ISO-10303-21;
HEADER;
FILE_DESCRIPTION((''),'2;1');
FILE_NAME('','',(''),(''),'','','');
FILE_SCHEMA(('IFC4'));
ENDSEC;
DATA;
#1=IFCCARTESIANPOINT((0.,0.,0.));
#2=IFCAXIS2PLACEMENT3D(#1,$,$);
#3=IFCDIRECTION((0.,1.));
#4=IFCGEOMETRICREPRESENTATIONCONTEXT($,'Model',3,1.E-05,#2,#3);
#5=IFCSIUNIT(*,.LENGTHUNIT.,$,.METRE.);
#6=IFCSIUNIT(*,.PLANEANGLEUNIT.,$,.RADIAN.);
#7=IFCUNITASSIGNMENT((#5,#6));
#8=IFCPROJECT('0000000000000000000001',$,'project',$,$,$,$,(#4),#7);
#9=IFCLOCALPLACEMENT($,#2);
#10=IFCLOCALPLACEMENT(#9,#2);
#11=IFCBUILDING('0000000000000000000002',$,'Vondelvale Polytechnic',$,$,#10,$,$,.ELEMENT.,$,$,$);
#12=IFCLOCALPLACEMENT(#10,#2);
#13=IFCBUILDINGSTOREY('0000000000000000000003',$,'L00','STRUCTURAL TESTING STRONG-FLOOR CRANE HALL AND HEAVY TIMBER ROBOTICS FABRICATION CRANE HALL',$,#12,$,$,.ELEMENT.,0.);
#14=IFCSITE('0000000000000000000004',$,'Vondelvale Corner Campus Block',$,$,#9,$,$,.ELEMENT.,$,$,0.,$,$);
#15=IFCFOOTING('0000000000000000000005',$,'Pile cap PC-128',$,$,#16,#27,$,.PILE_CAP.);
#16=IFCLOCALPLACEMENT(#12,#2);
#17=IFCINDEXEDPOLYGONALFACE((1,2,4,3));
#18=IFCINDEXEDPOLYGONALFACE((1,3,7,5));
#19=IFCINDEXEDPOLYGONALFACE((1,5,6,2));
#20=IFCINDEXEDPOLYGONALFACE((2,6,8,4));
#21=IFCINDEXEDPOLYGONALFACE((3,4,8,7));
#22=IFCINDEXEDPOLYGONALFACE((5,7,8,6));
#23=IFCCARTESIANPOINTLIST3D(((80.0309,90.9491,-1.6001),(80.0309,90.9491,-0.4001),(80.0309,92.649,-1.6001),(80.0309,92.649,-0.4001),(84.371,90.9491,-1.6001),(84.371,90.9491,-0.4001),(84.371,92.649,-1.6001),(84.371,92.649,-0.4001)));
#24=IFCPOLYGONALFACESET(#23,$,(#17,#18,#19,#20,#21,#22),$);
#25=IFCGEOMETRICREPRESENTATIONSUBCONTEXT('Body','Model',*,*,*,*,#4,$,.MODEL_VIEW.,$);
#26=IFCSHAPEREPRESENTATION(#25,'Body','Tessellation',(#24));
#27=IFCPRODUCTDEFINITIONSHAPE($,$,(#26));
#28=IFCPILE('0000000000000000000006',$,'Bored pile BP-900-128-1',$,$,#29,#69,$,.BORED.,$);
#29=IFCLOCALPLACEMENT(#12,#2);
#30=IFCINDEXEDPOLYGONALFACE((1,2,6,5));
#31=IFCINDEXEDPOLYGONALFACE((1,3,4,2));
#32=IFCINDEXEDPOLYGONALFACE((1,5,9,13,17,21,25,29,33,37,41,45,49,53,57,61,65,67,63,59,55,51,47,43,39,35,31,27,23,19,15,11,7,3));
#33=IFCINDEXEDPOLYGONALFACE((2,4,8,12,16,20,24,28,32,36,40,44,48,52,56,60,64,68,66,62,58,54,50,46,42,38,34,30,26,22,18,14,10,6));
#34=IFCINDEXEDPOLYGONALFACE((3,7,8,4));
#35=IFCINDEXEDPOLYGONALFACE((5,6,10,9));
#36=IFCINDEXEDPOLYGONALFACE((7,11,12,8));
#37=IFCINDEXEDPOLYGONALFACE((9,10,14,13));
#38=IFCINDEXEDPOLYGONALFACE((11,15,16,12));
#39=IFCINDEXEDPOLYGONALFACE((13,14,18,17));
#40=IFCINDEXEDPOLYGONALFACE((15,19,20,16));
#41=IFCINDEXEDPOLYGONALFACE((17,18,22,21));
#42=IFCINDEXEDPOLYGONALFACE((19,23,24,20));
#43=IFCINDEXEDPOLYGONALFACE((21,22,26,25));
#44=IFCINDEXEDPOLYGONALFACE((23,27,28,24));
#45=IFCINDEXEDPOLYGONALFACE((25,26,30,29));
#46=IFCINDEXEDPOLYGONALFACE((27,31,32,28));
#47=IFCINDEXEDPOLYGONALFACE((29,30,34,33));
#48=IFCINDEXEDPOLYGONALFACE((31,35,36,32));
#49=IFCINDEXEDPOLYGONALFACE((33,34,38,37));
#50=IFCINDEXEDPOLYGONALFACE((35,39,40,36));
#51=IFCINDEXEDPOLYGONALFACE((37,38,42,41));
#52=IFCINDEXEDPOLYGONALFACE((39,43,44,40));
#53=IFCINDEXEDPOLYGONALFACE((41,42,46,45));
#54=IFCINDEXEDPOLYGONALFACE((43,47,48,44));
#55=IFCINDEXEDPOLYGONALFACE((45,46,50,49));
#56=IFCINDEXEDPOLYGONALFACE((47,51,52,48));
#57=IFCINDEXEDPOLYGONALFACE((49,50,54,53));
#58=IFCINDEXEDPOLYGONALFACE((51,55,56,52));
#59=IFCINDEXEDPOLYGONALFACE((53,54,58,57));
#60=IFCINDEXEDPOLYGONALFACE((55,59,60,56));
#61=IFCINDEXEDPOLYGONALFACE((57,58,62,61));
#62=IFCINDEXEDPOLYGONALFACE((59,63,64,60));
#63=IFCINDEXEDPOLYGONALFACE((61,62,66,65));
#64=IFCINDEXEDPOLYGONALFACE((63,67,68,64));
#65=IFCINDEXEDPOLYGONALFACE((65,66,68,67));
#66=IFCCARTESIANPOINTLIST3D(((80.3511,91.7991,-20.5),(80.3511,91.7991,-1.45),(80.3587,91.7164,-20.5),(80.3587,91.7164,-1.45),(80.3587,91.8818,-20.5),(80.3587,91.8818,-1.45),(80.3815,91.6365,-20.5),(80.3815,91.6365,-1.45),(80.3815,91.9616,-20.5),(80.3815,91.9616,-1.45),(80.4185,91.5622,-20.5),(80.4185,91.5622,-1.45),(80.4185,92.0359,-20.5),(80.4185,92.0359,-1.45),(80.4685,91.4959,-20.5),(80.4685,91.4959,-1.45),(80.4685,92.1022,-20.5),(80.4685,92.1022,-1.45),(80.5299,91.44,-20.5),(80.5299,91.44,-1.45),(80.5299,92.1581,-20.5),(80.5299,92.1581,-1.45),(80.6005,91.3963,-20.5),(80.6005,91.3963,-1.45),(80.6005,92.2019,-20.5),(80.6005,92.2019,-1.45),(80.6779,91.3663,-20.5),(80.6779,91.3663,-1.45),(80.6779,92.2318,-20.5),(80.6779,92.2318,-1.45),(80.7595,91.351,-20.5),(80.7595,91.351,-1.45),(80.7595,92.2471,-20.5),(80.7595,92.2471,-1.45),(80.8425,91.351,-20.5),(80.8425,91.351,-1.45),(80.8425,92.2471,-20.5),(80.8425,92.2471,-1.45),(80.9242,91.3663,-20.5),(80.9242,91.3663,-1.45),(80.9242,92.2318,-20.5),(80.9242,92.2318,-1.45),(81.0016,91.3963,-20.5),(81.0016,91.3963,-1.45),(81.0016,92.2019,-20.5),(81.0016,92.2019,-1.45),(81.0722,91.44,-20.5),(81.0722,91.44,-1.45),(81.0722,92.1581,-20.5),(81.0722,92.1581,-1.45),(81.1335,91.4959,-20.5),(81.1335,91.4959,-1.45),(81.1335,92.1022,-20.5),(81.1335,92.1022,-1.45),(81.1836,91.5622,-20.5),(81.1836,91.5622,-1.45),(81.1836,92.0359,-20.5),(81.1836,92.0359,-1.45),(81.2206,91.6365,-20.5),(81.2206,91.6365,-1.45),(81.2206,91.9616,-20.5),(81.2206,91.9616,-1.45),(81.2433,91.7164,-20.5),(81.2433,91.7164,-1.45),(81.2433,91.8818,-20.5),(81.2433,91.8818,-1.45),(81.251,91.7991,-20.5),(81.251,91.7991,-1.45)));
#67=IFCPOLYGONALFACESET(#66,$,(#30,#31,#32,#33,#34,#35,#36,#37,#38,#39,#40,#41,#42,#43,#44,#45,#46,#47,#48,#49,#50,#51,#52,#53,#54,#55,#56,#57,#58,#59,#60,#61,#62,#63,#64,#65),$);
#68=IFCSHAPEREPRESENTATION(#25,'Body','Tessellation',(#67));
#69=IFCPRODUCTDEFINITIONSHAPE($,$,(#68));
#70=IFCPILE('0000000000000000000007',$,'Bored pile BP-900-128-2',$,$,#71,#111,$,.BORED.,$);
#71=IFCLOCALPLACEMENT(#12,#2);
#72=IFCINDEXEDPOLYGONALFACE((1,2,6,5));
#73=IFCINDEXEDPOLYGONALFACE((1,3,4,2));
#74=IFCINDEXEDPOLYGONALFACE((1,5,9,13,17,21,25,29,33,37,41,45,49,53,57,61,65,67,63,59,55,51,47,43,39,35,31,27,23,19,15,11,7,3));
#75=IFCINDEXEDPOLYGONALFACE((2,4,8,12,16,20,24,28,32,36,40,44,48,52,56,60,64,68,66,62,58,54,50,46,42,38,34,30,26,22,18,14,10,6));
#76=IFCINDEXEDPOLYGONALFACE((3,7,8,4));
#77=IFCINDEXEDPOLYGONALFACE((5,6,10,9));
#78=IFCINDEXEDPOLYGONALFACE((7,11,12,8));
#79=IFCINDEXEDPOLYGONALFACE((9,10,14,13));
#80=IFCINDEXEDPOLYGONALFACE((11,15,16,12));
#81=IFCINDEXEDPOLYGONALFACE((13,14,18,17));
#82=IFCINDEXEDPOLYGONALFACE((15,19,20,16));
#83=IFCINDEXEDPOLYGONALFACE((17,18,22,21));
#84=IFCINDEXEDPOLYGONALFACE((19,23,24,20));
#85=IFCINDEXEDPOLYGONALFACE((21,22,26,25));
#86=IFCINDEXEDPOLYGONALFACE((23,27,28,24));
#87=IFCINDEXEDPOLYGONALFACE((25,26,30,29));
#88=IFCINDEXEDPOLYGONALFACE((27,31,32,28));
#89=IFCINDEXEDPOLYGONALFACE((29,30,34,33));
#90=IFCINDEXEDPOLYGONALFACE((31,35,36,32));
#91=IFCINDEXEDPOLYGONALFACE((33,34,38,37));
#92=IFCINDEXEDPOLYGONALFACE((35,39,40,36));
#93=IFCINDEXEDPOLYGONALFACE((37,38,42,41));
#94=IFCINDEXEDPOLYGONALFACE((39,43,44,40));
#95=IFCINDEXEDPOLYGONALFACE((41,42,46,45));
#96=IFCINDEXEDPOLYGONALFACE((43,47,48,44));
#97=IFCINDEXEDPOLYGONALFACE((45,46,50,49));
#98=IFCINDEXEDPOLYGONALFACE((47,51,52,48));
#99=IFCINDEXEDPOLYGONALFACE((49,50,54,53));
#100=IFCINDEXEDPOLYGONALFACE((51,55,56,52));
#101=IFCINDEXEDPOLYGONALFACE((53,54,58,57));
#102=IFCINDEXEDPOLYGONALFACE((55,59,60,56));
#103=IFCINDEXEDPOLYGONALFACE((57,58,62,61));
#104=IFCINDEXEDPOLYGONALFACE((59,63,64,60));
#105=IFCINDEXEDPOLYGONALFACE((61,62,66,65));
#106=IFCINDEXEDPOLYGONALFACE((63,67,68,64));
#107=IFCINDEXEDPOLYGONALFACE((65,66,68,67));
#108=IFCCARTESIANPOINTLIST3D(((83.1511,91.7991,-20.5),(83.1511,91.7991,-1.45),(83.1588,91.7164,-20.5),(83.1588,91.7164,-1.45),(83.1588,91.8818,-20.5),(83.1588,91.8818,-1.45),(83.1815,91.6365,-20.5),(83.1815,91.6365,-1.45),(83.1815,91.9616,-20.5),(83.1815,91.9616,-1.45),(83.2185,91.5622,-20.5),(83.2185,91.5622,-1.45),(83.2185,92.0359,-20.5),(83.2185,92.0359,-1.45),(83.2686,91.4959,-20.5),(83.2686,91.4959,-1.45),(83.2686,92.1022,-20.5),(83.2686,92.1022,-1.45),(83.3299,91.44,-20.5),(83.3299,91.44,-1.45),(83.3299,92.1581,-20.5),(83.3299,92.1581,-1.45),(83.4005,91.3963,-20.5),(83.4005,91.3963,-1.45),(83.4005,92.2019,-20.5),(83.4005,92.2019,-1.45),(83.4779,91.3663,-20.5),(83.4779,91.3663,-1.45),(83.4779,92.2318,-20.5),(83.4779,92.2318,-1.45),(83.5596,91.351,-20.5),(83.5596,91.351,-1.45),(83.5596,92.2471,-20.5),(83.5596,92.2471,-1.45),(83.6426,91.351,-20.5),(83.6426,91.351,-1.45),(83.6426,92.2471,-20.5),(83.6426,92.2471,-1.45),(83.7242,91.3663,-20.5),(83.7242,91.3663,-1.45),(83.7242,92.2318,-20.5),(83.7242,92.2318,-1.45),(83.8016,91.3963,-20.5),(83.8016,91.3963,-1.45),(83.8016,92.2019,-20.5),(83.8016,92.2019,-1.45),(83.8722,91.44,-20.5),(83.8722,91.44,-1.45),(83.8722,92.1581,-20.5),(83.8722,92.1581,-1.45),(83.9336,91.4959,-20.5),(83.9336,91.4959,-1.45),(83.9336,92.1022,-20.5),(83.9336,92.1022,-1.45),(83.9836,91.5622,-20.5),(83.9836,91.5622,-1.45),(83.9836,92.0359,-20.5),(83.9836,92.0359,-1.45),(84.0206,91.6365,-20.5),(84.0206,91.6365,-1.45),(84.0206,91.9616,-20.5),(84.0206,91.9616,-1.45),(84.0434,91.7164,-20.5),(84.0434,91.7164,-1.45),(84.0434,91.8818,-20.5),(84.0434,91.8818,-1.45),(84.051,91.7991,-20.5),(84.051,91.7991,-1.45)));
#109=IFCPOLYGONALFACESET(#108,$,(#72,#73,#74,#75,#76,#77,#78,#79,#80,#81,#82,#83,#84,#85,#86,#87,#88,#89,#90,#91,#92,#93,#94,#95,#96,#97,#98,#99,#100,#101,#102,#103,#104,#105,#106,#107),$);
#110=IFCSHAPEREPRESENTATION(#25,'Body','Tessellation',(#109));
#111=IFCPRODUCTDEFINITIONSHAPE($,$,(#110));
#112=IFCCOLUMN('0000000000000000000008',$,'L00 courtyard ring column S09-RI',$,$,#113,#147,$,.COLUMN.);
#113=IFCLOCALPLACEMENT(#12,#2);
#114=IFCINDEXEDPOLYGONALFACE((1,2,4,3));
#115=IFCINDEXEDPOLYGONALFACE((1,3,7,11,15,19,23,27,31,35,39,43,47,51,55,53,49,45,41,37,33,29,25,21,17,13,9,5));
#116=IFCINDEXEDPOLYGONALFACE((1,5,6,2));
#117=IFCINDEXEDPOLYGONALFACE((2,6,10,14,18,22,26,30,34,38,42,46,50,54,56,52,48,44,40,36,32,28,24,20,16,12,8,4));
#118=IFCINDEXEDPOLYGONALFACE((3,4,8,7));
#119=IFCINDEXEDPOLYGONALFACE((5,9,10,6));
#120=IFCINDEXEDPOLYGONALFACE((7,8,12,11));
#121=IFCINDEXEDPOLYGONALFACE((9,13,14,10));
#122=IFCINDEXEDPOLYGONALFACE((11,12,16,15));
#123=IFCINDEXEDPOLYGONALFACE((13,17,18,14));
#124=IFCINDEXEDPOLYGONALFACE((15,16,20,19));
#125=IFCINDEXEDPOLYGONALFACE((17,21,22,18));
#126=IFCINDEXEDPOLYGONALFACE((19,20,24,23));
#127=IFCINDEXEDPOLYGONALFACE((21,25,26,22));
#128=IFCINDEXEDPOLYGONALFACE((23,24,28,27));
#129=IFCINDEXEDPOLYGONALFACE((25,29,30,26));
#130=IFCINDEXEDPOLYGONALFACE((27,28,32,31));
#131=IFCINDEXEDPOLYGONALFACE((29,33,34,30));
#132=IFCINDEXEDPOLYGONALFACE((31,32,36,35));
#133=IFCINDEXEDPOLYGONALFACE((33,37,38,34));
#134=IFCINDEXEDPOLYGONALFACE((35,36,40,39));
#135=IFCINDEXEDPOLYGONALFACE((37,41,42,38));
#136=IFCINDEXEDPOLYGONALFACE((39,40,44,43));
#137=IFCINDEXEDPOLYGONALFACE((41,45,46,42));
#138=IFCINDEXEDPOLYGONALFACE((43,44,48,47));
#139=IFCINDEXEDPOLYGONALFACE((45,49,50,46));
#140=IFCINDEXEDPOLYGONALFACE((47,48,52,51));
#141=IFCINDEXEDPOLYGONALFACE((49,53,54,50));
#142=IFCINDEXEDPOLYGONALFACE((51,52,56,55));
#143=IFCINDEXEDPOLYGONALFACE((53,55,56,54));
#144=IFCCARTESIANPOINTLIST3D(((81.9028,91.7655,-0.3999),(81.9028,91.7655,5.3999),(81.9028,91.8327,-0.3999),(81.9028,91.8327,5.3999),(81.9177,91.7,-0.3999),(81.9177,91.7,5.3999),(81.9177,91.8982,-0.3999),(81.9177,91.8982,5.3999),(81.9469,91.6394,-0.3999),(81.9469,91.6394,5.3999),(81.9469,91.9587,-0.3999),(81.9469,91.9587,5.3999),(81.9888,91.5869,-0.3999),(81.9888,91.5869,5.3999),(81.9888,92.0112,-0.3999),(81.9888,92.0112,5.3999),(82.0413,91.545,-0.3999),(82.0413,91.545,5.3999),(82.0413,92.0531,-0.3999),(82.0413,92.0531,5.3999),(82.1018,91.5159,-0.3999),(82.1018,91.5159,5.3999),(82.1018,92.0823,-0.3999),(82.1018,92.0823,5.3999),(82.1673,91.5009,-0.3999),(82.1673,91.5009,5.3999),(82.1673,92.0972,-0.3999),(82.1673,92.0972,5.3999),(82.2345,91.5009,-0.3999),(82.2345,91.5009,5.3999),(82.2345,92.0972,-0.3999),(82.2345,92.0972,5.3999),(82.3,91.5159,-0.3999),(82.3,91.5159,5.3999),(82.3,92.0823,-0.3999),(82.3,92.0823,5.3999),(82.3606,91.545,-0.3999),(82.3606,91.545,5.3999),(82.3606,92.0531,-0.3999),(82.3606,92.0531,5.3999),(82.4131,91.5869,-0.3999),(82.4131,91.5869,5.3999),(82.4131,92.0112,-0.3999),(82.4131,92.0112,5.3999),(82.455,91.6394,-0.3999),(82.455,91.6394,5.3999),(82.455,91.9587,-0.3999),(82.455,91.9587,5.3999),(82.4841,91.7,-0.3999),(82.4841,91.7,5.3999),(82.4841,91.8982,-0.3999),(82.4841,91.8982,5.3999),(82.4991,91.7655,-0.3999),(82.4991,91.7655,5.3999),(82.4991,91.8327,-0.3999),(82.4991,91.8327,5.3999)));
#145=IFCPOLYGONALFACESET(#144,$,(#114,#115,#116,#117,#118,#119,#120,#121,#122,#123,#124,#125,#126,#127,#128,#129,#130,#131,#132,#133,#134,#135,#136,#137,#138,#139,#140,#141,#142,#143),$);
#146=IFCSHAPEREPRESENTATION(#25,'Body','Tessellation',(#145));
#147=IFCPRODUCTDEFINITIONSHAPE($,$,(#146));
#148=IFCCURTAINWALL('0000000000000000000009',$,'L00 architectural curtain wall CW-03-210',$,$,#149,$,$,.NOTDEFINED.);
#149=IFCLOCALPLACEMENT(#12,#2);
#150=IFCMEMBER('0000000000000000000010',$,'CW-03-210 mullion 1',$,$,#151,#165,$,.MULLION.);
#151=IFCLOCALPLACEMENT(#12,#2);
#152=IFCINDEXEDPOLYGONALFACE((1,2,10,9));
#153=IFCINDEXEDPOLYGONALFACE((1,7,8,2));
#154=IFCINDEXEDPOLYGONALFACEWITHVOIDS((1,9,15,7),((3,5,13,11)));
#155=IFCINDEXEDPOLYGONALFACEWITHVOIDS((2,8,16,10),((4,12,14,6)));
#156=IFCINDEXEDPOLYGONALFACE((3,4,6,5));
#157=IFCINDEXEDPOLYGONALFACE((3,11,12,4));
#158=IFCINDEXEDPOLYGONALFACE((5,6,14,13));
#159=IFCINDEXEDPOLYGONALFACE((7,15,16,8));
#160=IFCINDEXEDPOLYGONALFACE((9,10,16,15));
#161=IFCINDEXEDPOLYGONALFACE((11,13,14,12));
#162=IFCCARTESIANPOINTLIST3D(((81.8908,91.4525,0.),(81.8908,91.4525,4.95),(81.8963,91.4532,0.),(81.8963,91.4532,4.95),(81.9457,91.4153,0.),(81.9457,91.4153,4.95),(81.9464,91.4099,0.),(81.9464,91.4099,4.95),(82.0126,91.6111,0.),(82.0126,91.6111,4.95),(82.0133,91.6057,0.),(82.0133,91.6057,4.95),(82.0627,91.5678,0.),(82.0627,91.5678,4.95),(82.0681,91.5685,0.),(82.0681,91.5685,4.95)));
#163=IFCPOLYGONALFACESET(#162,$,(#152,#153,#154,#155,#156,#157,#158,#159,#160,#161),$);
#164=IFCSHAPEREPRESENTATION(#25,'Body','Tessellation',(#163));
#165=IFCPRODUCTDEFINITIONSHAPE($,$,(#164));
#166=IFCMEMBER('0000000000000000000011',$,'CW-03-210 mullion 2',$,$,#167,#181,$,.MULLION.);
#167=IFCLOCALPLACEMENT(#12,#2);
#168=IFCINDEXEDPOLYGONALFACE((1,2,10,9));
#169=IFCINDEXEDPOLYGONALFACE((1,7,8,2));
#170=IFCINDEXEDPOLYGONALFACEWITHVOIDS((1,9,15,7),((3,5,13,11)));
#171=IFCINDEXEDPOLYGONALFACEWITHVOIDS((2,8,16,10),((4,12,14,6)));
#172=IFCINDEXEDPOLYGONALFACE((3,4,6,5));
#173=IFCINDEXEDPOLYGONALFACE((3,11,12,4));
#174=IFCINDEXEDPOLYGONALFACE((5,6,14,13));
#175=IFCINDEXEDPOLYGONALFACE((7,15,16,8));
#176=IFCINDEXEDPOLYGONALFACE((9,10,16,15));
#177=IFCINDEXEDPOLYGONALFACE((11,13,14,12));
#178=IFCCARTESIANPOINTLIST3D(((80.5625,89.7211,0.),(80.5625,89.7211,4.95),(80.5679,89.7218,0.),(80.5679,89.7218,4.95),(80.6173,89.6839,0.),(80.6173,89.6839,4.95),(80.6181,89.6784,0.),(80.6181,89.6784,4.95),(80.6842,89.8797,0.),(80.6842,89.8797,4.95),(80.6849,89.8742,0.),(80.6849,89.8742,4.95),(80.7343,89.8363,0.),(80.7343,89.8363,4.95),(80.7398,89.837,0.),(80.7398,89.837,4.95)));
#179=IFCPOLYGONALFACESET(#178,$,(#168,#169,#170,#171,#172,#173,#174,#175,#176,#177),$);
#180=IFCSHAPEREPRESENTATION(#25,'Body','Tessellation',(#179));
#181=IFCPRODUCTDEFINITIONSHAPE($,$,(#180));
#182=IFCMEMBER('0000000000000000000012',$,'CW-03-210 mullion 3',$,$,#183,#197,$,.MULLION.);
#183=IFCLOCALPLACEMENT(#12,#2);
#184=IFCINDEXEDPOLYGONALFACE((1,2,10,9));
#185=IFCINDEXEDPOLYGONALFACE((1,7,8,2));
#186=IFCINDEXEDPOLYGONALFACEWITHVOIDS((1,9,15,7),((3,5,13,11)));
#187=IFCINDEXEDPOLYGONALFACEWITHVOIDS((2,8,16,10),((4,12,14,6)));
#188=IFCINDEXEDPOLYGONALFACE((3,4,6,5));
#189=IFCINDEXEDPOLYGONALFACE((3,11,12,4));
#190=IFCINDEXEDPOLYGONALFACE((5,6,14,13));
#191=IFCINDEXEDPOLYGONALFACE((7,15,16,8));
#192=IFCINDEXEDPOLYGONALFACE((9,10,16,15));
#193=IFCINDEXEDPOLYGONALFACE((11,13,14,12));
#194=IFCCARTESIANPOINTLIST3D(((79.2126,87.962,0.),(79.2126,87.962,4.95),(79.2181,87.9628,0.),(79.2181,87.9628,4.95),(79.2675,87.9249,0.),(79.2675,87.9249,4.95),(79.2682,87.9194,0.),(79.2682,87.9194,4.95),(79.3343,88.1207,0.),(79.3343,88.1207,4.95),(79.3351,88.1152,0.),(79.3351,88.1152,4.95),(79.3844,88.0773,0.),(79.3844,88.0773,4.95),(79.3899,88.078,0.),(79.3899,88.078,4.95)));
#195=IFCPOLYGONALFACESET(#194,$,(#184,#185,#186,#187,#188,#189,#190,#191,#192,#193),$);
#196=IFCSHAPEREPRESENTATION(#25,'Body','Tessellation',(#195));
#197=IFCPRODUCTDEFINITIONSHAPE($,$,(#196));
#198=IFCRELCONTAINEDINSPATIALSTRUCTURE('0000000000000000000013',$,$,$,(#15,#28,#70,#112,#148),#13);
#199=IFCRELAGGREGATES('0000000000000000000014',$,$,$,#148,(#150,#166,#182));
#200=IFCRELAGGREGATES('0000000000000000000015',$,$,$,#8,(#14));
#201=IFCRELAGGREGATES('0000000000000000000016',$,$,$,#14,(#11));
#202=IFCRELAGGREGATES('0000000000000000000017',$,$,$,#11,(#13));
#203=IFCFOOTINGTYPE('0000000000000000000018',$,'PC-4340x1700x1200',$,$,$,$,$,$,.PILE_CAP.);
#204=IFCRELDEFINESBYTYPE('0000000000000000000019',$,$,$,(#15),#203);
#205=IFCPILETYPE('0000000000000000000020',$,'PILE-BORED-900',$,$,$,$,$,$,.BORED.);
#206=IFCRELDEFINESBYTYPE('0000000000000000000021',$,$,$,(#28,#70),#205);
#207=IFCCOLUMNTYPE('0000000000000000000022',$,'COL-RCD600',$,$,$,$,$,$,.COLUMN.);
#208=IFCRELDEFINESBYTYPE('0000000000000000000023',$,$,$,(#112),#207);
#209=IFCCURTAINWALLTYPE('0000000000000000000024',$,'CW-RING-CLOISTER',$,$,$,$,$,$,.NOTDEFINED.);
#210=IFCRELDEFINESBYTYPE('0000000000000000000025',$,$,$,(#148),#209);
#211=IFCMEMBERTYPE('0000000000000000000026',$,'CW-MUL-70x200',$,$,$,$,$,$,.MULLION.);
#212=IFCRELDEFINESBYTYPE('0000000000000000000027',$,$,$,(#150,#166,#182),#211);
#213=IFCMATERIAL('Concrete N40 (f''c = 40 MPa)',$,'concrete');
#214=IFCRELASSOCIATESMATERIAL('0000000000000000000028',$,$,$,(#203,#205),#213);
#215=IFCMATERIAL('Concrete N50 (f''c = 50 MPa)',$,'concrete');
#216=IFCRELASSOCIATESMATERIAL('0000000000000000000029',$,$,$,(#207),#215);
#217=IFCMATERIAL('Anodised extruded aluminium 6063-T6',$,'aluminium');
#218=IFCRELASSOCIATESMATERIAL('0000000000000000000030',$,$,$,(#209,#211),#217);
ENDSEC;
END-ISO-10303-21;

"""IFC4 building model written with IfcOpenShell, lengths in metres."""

from ifc_helpers import new_model, si_unit, direction, frame, origin, origin_2d, place, context, subcontext, project, spatial, rectangle, hollow_rectangle, circle, extrude, material, material_profile, profile_set, type_object, element, aggregate, save


model = new_model("IFC4")

# Units and contexts
model_context = context("Model", 3, precision=1e-05, world=origin(), true_north=direction((0.0, 1.0)))
body_context = subcontext(model_context, "Body", "Model", "MODEL_VIEW")
ifc_project = project(units=[si_unit("LENGTHUNIT", "METRE"), si_unit("PLANEANGLEUNIT", "RADIAN")], contexts=[model_context])

# Site, building, storey
site_placement = place(None, origin())
site = spatial("IfcSite", under=ifc_project, at=site_placement, Name="Vondelvale Corner Campus Block", CompositionType="ELEMENT", RefElevation=0.0)
building_placement = place(site_placement, origin())
building = spatial("IfcBuilding", under=site, at=building_placement, Name="Vondelvale Polytechnic", CompositionType="ELEMENT")
storey_placement = place(building_placement, origin())
storey = spatial("IfcBuildingStorey", under=building, at=storey_placement, Name="L00", Description="STRUCTURAL TESTING STRONG-FLOOR CRANE HALL AND HEAVY TIMBER ROBOTICS FABRICATION CRANE HALL", CompositionType="ELEMENT", Elevation=0.0)

# Footing
ifc_material_1 = material(Name="Concrete N40 (f'c = 40 MPa)", Category="concrete")
footing_type = type_object("IfcFootingType", Name="PC-4340x1700x1200", PredefinedType="PILE_CAP", material=ifc_material_1)
footing_placement = place(storey_placement, frame((82.2009, 91.7991, -1.6001), z_axis=(0.0, 0.0, 1.0), x_axis=(1.0, 0.0, 0.0)))
element("IfcFooting", 1, at=footing_placement, inside=storey, type_object=footing_type, Name="Pile cap PC-128", PredefinedType="PILE_CAP", context=body_context, shape_type="SweptSolid", body=[
    extrude(rectangle(XDim=4.3401, YDim=1.7, at=origin_2d()), origin(), (0.0, 0.0, 1.0), 1.2),
])

# Piles
ifc_material_profile_1 = material_profile(ifc_material_1, circle(Radius=0.45, at=origin_2d()), Name="PILE-D900")
ifc_profile_set_1 = profile_set([ifc_material_profile_1], Name="Concrete N40 (f'c = 40 MPa)")
pile_type = type_object("IfcPileType", Name="PILE-BORED-900", PredefinedType="BORED", material=ifc_profile_set_1)
for number, where, z_axis, x_axis, name in (
    (2, (80.801, 91.7991, -1.45), (0.0, 0.0, -1.0), (1.0, 0.0, 0.0), "Bored pile BP-900-128-1"),
    (3, (83.6011, 91.7991, -1.45), (0.0, 0.0, -1.0), (1.0, 0.0, 0.0), "Bored pile BP-900-128-2"),
):
    element("IfcPile", number, at=place(storey_placement, frame(where, z_axis=z_axis, x_axis=x_axis)), inside=storey, type_object=pile_type, Name=name, PredefinedType="BORED", context=body_context, shape_type="SweptSolid", body=[
        extrude(circle(Radius=0.45, at=origin_2d()), origin(), (0.0, 0.0, 1.0), 19.05),
    ])

# Column
ifc_material_2 = material(Name="Concrete N50 (f'c = 50 MPa)", Category="concrete")
ifc_material_profile_2 = material_profile(ifc_material_2, circle(Radius=0.3, at=origin_2d()), Name="RC-COL-D600")
ifc_profile_set_2 = profile_set([ifc_material_profile_2], Name="Concrete N50 (f'c = 50 MPa)")
column_type = type_object("IfcColumnType", Name="COL-RCD600", PredefinedType="COLUMN", material=ifc_profile_set_2)
column_placement = place(storey_placement, frame((82.2009, 91.7991, -0.3999), z_axis=(0.0, 0.0, 1.0), x_axis=(-0.707107, 0.707107, 0.0)))
element("IfcColumn", 4, at=column_placement, inside=storey, type_object=column_type, Name="L00 courtyard ring column S09-RI", PredefinedType="COLUMN", context=body_context, shape_type="SweptSolid", body=[
    extrude(circle(Radius=0.3, at=origin_2d()), origin(), (0.0, 0.0, 1.0), 5.7998),
])

# Curtain wall, members
ifc_material_3 = material(Name="Anodised extruded aluminium 6063-T6", Category="aluminium")
curtain_wall_type = type_object("IfcCurtainWallType", Name="CW-RING-CLOISTER", PredefinedType="NOTDEFINED", material=ifc_material_3)
curtain_wall_placement = place(storey_placement, origin())
curtain_wall = element("IfcCurtainWall", 5, at=curtain_wall_placement, inside=storey, type_object=curtain_wall_type, Name="L00 architectural curtain wall CW-03-210", PredefinedType="NOTDEFINED")
ifc_material_profile_3 = material_profile(ifc_material_3, hollow_rectangle(XDim=0.0701, YDim=0.2, WallThickness=0.0039, at=origin_2d()), Name="CW-MUL-200x70")
ifc_profile_set_3 = profile_set([ifc_material_profile_3], Name="Anodised extruded aluminium 6063-T6")
member_type_1 = type_object("IfcMemberType", Name="CW-MUL-70x200", PredefinedType="MULLION", material=ifc_profile_set_3)
member_1_placement = place(storey_placement, frame((81.9795, 91.5105, 0.0), z_axis=(0.0, 0.0, 1.0), x_axis=(0.793364, -0.608748, 0.0)))
member_1 = element("IfcMember", 6, at=member_1_placement, type_object=member_type_1, Name="CW-03-210 mullion 1", PredefinedType="MULLION", context=body_context, shape_type="SweptSolid", body=[
    extrude(hollow_rectangle(XDim=0.0701, YDim=0.2, WallThickness=0.0039, at=origin_2d()), origin(), (0.0, 0.0, 1.0), 4.95),
])
member_2_placement = place(storey_placement, frame((80.6511, 89.7791, 0.0), z_axis=(0.0, 0.0, 1.0), x_axis=(0.793364, -0.608748, 0.0)))
member_2 = element("IfcMember", 7, at=member_2_placement, type_object=member_type_1, Name="CW-03-210 mullion 2", PredefinedType="MULLION", context=body_context, shape_type="SweptSolid", body=[
    extrude(hollow_rectangle(XDim=0.0701, YDim=0.2, WallThickness=0.0039, at=origin_2d()), origin(), (0.0, 0.0, 1.0), 4.95),
])
member_3_placement = place(storey_placement, frame((79.3013, 88.02, 0.0), z_axis=(0.0, 0.0, 1.0), x_axis=(0.793364, -0.608748, 0.0)))
member_3 = element("IfcMember", 8, at=member_3_placement, type_object=member_type_1, Name="CW-03-210 mullion 3", PredefinedType="MULLION", context=body_context, shape_type="SweptSolid", body=[
    extrude(hollow_rectangle(XDim=0.0701, YDim=0.2, WallThickness=0.0039, at=origin_2d()), origin(), (0.0, 0.0, 1.0), 4.95),
])
aggregate(curtain_wall, [member_1, member_2, member_3])

save(model, "model.ifc")
